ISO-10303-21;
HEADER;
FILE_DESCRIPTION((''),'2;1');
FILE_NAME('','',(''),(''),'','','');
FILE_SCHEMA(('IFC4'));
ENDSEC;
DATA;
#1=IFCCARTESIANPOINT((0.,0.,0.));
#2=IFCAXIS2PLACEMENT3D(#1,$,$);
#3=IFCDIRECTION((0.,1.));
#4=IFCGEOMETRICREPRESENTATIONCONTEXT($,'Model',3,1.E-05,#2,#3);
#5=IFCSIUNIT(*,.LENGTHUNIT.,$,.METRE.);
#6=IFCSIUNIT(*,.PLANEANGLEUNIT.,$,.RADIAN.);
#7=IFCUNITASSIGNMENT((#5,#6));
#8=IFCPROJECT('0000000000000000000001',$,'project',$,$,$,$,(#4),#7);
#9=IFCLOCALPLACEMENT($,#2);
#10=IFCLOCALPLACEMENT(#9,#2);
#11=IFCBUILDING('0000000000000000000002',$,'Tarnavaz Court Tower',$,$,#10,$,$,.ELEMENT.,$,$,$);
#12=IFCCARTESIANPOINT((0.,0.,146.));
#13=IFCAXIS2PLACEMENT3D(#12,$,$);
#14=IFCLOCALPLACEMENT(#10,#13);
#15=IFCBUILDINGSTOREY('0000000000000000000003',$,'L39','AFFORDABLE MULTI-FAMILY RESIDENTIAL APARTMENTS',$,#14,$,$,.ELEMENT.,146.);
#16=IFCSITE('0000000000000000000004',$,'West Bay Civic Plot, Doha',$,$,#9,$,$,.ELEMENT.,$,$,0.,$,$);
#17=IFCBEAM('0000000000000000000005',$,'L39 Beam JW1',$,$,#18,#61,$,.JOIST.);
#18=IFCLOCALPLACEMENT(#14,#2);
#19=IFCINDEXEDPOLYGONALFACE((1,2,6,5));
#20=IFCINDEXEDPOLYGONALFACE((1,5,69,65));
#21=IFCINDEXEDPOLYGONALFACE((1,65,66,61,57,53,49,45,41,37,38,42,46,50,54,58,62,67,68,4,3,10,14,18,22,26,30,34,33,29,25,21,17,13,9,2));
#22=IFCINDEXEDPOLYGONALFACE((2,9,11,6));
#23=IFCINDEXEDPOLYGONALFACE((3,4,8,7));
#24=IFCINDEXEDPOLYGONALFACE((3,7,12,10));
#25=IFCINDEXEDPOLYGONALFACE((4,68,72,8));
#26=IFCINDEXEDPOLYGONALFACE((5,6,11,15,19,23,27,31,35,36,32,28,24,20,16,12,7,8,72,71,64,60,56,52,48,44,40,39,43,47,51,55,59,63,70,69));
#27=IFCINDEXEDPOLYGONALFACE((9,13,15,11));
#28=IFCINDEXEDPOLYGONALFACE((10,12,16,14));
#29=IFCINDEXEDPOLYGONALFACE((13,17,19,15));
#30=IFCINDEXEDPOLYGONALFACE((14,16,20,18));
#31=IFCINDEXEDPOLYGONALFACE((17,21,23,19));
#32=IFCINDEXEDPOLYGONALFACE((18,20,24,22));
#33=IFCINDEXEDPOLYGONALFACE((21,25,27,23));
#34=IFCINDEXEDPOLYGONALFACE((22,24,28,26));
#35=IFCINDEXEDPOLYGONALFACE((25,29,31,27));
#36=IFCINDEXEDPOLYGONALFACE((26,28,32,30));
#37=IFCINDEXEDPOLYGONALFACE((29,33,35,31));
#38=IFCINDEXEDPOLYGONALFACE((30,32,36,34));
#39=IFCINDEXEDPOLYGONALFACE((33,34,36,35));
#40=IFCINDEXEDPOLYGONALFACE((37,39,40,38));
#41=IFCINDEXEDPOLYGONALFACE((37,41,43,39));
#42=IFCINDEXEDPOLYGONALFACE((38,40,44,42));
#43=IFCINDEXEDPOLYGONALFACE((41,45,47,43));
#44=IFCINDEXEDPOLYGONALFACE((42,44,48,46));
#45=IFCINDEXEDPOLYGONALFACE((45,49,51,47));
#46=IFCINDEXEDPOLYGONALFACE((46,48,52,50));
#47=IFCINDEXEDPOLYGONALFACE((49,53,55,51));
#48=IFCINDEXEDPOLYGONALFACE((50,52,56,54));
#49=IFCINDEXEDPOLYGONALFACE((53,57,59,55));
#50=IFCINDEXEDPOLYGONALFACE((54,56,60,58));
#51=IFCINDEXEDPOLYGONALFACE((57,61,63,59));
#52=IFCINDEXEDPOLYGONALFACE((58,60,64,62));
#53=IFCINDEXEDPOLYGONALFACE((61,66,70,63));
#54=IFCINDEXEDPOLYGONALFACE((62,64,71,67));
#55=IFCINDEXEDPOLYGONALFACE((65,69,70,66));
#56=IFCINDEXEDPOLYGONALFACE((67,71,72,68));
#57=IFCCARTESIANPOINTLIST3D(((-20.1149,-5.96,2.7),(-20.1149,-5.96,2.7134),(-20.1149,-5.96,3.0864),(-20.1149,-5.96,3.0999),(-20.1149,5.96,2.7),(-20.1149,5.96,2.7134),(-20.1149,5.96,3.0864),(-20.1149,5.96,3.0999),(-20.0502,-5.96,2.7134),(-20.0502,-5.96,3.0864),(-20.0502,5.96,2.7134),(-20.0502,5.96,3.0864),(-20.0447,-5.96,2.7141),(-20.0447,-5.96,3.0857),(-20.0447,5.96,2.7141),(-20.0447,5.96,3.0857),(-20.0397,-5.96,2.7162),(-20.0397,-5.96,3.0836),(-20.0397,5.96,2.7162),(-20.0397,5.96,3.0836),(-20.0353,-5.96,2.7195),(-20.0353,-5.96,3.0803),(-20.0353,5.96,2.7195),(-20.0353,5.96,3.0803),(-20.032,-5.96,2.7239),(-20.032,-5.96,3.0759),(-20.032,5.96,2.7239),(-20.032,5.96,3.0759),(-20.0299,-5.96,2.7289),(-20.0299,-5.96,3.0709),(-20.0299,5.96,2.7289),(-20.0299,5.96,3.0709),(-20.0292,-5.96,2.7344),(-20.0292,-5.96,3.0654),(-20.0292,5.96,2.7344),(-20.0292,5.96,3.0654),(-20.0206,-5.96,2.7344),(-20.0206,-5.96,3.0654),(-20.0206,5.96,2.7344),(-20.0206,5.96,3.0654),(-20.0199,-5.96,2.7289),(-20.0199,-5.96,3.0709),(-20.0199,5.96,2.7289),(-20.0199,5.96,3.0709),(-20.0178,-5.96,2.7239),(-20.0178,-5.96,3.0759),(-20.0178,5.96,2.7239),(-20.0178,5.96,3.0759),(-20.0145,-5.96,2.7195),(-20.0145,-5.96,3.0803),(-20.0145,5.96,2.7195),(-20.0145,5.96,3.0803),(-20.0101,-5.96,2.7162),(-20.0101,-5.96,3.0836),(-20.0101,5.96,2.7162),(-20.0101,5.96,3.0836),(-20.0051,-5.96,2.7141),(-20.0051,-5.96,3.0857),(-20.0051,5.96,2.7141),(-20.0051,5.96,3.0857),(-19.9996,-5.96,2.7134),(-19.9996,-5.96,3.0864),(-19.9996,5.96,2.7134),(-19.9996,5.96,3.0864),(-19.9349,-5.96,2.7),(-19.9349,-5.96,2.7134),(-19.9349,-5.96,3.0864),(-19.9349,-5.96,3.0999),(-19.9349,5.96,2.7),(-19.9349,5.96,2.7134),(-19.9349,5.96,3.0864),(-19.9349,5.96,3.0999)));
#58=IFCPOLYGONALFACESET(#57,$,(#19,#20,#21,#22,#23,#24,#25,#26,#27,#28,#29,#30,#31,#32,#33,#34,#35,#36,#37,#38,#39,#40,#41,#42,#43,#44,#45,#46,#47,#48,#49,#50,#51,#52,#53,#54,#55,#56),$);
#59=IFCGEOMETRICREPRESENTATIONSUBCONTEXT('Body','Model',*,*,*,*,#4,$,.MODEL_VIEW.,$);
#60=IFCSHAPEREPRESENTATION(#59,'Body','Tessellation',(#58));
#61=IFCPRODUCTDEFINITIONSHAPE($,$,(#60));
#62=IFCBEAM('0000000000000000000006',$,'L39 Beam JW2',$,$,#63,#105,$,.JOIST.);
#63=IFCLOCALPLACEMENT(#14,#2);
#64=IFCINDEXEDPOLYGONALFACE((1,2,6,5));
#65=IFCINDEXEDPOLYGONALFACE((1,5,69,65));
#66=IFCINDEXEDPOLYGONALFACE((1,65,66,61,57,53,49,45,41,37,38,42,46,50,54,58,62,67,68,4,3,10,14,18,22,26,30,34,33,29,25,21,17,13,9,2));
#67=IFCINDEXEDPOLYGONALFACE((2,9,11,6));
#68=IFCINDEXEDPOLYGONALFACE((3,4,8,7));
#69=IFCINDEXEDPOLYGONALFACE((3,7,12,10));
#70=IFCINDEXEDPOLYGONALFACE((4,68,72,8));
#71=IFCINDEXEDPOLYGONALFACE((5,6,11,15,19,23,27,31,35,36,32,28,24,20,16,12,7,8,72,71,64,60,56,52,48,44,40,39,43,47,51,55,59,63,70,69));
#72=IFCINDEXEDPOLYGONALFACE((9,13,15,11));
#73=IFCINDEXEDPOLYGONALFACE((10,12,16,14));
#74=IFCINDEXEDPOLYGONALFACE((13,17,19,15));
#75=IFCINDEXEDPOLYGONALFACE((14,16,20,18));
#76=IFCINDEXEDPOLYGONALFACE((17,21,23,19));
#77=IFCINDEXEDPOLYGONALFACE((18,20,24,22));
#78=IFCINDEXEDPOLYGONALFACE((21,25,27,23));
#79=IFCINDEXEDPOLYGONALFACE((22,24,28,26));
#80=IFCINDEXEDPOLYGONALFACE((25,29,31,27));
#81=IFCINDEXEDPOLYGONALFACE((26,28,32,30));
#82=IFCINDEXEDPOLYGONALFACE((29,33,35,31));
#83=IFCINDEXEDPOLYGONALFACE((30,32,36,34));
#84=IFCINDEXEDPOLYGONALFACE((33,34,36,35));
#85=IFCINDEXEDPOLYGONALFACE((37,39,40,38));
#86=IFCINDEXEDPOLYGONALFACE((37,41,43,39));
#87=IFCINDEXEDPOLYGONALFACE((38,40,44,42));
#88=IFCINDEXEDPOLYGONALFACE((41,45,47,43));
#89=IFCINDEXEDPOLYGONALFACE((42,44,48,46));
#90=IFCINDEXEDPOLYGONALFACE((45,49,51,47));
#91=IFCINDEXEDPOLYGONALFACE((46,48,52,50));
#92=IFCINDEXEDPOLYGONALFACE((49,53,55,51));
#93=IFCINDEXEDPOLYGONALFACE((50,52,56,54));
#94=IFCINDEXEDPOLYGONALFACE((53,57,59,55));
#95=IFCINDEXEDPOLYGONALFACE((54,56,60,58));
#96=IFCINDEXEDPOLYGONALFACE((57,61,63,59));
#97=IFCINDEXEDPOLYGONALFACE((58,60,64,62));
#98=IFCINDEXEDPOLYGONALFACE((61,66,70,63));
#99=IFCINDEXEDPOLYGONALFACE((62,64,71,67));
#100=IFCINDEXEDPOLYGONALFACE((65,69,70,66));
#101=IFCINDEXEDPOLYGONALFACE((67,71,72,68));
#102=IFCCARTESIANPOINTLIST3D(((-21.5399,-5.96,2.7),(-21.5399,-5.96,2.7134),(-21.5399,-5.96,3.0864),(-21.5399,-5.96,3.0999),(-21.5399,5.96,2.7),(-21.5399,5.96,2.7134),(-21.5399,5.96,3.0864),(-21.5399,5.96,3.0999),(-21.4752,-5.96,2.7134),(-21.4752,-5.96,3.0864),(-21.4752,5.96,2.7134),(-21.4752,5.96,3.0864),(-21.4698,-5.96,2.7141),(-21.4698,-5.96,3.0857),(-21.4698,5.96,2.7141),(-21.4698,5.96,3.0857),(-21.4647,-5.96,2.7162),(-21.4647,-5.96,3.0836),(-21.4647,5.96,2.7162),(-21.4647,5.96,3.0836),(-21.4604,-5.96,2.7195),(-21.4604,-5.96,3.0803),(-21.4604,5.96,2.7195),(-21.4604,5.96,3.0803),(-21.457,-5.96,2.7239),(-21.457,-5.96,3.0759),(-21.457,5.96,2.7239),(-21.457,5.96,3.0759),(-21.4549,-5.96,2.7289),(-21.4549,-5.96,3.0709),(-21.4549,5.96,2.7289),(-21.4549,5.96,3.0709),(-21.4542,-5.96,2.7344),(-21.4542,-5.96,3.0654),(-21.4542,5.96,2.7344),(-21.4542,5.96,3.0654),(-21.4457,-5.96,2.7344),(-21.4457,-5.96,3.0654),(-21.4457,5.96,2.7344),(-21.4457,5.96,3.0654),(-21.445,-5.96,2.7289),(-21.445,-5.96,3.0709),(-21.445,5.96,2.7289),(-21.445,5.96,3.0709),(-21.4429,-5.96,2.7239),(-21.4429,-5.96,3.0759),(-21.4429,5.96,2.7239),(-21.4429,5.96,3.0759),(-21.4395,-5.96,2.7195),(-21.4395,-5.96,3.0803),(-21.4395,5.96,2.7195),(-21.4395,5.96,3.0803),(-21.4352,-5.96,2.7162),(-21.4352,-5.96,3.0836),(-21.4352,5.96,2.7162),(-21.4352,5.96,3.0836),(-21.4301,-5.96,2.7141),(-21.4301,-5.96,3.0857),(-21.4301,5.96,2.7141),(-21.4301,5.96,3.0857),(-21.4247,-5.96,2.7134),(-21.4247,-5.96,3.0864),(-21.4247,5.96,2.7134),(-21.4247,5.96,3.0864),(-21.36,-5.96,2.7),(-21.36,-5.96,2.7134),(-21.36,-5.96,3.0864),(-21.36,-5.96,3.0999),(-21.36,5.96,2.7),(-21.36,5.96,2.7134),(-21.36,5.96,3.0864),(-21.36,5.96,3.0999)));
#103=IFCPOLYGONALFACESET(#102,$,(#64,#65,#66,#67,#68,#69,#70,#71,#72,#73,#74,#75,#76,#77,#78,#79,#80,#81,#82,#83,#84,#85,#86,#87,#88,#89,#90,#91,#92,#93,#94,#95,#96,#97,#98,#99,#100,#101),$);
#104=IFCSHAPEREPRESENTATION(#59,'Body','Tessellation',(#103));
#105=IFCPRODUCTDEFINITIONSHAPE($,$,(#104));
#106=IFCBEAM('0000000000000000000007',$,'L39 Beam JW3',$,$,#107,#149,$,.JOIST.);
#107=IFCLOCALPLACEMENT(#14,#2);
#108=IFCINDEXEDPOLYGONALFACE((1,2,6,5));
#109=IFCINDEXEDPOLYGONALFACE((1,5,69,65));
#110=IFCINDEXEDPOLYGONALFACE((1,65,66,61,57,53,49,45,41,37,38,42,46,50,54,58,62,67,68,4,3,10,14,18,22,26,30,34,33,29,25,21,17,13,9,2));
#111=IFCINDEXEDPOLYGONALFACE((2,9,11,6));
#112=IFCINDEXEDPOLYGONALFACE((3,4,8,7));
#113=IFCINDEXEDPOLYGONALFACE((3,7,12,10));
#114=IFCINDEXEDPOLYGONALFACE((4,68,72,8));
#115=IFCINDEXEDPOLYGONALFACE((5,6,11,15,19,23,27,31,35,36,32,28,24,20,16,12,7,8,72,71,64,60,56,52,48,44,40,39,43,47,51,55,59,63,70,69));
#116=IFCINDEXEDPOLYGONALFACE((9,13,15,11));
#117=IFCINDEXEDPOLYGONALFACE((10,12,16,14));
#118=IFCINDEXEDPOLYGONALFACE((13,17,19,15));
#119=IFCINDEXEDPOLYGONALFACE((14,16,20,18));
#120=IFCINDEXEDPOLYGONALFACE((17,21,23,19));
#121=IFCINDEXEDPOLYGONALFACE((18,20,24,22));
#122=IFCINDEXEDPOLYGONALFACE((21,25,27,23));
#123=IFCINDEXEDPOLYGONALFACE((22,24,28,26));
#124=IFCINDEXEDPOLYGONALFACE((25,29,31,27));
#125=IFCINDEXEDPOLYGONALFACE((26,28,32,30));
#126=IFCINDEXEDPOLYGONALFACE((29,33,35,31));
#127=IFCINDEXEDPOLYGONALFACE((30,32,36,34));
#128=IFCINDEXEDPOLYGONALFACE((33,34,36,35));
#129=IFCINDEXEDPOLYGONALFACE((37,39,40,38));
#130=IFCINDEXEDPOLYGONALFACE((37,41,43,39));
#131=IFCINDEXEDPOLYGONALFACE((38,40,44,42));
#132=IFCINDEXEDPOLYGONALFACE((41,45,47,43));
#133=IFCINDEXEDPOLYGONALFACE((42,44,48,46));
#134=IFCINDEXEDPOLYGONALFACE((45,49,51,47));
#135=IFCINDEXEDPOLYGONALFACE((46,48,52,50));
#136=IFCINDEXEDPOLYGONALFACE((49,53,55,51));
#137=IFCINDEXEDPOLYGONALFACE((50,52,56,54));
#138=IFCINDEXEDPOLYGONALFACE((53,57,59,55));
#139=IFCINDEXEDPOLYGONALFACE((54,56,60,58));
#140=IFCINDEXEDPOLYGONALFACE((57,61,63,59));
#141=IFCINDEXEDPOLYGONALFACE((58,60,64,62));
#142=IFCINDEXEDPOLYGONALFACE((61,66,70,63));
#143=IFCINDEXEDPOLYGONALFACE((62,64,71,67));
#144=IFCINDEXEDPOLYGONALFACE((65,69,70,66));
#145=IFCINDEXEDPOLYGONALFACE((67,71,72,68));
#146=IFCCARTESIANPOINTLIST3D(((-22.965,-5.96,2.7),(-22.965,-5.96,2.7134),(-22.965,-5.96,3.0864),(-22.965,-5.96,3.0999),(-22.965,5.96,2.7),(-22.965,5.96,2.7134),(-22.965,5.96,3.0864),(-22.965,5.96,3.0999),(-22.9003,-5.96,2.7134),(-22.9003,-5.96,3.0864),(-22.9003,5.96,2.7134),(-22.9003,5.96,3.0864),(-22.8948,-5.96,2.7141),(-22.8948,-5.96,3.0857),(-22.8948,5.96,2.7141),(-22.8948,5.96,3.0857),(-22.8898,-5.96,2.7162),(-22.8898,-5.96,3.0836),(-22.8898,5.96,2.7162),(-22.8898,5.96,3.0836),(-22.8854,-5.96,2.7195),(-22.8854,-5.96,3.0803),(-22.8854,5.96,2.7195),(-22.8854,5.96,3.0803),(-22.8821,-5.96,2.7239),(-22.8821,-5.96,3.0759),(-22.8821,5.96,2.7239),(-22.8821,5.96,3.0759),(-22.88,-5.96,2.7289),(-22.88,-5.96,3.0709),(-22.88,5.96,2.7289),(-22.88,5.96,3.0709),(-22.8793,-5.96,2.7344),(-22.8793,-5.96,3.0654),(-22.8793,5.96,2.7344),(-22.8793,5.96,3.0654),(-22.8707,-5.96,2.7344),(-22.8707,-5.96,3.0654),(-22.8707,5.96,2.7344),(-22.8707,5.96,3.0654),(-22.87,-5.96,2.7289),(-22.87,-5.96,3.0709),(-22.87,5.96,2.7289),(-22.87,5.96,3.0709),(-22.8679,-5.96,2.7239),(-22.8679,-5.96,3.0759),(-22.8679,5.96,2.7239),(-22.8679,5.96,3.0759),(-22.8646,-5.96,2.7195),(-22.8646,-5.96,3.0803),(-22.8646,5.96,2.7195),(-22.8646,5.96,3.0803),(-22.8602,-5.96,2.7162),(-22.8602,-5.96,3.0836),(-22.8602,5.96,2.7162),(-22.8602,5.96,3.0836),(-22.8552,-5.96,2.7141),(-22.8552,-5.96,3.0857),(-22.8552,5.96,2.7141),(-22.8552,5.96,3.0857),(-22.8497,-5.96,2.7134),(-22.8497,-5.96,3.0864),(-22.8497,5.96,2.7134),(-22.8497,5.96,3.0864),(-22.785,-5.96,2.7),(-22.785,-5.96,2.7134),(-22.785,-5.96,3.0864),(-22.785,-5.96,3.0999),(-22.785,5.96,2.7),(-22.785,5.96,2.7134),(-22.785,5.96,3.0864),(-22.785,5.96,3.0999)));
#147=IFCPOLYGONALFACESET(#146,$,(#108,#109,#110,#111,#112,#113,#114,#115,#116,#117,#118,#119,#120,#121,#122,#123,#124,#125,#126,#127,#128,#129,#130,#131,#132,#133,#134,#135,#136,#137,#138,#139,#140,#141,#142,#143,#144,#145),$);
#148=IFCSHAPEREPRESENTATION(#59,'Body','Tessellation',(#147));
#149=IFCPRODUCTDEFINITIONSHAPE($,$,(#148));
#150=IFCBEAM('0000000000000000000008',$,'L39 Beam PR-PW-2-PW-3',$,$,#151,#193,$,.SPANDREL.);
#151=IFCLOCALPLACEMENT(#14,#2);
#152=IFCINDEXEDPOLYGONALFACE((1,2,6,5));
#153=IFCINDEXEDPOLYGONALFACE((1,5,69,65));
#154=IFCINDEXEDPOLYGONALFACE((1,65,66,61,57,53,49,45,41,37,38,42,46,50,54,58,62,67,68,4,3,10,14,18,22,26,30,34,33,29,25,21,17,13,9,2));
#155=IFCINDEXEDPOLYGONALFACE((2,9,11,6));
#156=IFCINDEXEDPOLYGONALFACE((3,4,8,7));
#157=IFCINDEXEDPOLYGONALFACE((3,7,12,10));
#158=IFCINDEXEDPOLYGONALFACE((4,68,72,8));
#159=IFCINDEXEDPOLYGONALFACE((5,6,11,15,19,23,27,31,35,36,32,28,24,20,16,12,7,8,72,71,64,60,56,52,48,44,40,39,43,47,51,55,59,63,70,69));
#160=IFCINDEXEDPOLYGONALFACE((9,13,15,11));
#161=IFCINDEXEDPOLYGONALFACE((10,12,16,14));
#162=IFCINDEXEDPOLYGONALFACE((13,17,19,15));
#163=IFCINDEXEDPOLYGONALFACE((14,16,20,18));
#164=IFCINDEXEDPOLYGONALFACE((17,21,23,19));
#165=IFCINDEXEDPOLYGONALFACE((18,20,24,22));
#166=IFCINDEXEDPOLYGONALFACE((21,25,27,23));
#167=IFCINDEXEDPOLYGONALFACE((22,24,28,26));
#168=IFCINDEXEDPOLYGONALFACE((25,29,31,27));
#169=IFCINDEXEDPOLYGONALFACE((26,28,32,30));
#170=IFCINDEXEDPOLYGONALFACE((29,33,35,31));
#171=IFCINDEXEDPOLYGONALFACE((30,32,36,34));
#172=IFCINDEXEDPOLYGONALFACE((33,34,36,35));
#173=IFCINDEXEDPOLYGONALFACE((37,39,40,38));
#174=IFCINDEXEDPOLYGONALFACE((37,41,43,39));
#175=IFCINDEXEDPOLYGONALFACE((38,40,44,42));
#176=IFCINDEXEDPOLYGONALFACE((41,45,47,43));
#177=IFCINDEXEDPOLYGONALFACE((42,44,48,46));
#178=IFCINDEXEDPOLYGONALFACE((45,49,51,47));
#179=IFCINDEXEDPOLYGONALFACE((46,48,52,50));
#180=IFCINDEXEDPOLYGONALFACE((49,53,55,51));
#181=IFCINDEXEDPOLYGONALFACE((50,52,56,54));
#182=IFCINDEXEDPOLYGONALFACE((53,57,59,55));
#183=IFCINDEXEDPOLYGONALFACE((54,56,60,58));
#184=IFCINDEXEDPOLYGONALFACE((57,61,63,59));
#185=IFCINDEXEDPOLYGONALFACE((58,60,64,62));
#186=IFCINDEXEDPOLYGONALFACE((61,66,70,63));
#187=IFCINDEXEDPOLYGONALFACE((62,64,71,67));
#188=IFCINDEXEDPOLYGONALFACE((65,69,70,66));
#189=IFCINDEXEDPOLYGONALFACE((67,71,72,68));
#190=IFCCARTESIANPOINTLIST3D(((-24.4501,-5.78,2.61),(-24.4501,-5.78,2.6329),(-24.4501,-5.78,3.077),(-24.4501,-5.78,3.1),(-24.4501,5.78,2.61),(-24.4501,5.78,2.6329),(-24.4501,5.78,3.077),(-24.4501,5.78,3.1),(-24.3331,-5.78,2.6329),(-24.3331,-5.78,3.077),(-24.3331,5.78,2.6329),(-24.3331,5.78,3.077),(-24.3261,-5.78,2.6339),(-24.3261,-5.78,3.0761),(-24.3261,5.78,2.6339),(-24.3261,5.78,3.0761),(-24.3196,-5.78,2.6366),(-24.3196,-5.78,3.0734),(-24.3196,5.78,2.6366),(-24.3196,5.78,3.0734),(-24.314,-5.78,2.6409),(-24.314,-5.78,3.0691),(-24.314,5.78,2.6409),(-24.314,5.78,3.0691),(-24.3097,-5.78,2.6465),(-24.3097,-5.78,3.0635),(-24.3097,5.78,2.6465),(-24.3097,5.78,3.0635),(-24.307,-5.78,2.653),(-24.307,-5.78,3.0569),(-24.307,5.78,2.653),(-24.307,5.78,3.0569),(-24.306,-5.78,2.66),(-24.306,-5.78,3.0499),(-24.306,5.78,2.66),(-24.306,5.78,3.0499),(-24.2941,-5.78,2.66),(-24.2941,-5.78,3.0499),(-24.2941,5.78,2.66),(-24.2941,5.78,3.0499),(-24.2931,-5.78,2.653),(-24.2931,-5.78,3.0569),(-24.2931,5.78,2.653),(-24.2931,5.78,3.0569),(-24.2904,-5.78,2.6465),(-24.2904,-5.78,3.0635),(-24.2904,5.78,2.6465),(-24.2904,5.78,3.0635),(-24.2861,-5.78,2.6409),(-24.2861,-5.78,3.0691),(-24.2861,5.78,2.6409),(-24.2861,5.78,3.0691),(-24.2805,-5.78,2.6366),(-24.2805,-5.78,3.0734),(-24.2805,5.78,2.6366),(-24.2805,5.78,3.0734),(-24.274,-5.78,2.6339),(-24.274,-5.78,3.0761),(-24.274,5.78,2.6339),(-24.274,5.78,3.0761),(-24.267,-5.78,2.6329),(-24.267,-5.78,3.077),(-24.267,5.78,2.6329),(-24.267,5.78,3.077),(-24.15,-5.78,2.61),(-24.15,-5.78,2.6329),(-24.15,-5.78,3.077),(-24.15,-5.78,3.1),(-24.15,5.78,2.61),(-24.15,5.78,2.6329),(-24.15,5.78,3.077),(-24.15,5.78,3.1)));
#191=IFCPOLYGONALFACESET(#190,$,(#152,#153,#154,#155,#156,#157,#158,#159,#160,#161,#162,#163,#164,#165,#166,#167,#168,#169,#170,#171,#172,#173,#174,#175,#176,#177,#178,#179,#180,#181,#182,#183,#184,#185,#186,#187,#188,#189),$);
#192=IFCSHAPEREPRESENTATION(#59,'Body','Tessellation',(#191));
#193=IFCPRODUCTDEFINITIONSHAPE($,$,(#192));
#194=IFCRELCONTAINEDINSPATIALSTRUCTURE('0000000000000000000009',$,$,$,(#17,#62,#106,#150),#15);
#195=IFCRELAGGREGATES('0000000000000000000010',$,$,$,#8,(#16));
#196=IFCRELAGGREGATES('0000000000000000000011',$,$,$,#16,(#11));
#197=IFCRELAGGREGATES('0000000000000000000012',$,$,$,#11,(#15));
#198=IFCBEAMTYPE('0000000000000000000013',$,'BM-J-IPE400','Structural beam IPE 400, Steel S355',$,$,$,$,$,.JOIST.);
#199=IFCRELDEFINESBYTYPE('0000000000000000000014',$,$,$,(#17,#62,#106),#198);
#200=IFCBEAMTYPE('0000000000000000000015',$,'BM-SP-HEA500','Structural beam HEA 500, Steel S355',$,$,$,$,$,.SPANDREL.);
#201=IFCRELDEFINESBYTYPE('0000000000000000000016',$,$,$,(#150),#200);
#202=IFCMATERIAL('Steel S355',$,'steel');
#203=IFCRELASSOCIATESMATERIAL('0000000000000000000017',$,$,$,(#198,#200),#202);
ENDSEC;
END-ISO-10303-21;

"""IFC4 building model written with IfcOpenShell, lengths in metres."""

from ifc_helpers import new_model, si_unit, direction, frame, origin, origin_2d, place, context, subcontext, project, spatial, i_section, extrude, material, material_profile, profile_set, type_object, element, save


model = new_model("IFC4")

# Units and contexts
model_context = context("Model", 3, precision=1e-05, world=origin(), true_north=direction((0.0, 1.0)))
body_context = subcontext(model_context, "Body", "Model", "MODEL_VIEW")
ifc_project = project(units=[si_unit("LENGTHUNIT", "METRE"), si_unit("PLANEANGLEUNIT", "RADIAN")], contexts=[model_context])

# Site, building, storey
site_placement = place(None, origin())
site = spatial("IfcSite", under=ifc_project, at=site_placement, Name="West Bay Civic Plot, Doha", CompositionType="ELEMENT", RefElevation=0.0)
building_placement = place(site_placement, origin())
building = spatial("IfcBuilding", under=site, at=building_placement, Name="Tarnavaz Court Tower", CompositionType="ELEMENT")
storey_placement = place(building_placement, frame((0.0, 0.0, 146.0)))
storey = spatial("IfcBuildingStorey", under=building, at=storey_placement, Name="L39", Description="AFFORDABLE MULTI-FAMILY RESIDENTIAL APARTMENTS", CompositionType="ELEMENT", Elevation=146.0)

# Beams
ifc_material_1 = material(Name="Steel S355", Category="steel")
ifc_material_profile_1 = material_profile(ifc_material_1, i_section(OverallWidth=0.1799, OverallDepth=0.3999, WebThickness=0.0085, FlangeThickness=0.0134, FilletRadius=0.021, at=origin_2d()), Name="IPE 400")
ifc_profile_set_1 = profile_set([ifc_material_profile_1], Name="Steel S355")
beam_type_1 = type_object("IfcBeamType", Name="BM-J-IPE400", Description="Structural beam IPE 400, Steel S355", PredefinedType="JOIST", material=ifc_profile_set_1)
for number, where, z_axis, x_axis, name in (
    (1, (-20.0249, -5.96, 2.8999), (0.0, 1.0, 0.0), (-1.0, 0.0, 0.0), "L39 Beam JW1"),
    (2, (-21.45, -5.96, 2.8999), (0.0, 1.0, 0.0), (-1.0, 0.0, 0.0), "L39 Beam JW2"),
    (3, (-22.875, -5.96, 2.8999), (0.0, 1.0, 0.0), (-1.0, 0.0, 0.0), "L39 Beam JW3"),
):
    element("IfcBeam", number, at=place(storey_placement, frame(where, z_axis=z_axis, x_axis=x_axis)), inside=storey, type_object=beam_type_1, Name=name, PredefinedType="JOIST", context=body_context, shape_type="SweptSolid", body=[
        extrude(i_section(OverallWidth=0.1799, OverallDepth=0.3999, WebThickness=0.0085, FlangeThickness=0.0134, FilletRadius=0.021, at=origin_2d()), origin(), (0.0, 0.0, 1.0), 11.9199),
    ])
ifc_material_profile_2 = material_profile(ifc_material_1, i_section(OverallWidth=0.3, OverallDepth=0.49, WebThickness=0.012, FlangeThickness=0.0229, FilletRadius=0.0271, at=origin_2d()), Name="HEA 500")
ifc_profile_set_2 = profile_set([ifc_material_profile_2], Name="Steel S355")
beam_type_2 = type_object("IfcBeamType", Name="BM-SP-HEA500", Description="Structural beam HEA 500, Steel S355", PredefinedType="SPANDREL", material=ifc_profile_set_2)
beam_1_placement = place(storey_placement, frame((-24.3, -5.78, 2.855), z_axis=(0.0, 1.0, 0.0), x_axis=(-1.0, 0.0, 0.0)))
element("IfcBeam", 4, at=beam_1_placement, inside=storey, type_object=beam_type_2, Name="L39 Beam PR-PW-2-PW-3", PredefinedType="SPANDREL", context=body_context, shape_type="SweptSolid", body=[
    extrude(i_section(OverallWidth=0.3, OverallDepth=0.49, WebThickness=0.012, FlangeThickness=0.0229, FilletRadius=0.0271, at=origin_2d()), origin(), (0.0, 0.0, 1.0), 11.5601),
])

save(model, "model.ifc")
